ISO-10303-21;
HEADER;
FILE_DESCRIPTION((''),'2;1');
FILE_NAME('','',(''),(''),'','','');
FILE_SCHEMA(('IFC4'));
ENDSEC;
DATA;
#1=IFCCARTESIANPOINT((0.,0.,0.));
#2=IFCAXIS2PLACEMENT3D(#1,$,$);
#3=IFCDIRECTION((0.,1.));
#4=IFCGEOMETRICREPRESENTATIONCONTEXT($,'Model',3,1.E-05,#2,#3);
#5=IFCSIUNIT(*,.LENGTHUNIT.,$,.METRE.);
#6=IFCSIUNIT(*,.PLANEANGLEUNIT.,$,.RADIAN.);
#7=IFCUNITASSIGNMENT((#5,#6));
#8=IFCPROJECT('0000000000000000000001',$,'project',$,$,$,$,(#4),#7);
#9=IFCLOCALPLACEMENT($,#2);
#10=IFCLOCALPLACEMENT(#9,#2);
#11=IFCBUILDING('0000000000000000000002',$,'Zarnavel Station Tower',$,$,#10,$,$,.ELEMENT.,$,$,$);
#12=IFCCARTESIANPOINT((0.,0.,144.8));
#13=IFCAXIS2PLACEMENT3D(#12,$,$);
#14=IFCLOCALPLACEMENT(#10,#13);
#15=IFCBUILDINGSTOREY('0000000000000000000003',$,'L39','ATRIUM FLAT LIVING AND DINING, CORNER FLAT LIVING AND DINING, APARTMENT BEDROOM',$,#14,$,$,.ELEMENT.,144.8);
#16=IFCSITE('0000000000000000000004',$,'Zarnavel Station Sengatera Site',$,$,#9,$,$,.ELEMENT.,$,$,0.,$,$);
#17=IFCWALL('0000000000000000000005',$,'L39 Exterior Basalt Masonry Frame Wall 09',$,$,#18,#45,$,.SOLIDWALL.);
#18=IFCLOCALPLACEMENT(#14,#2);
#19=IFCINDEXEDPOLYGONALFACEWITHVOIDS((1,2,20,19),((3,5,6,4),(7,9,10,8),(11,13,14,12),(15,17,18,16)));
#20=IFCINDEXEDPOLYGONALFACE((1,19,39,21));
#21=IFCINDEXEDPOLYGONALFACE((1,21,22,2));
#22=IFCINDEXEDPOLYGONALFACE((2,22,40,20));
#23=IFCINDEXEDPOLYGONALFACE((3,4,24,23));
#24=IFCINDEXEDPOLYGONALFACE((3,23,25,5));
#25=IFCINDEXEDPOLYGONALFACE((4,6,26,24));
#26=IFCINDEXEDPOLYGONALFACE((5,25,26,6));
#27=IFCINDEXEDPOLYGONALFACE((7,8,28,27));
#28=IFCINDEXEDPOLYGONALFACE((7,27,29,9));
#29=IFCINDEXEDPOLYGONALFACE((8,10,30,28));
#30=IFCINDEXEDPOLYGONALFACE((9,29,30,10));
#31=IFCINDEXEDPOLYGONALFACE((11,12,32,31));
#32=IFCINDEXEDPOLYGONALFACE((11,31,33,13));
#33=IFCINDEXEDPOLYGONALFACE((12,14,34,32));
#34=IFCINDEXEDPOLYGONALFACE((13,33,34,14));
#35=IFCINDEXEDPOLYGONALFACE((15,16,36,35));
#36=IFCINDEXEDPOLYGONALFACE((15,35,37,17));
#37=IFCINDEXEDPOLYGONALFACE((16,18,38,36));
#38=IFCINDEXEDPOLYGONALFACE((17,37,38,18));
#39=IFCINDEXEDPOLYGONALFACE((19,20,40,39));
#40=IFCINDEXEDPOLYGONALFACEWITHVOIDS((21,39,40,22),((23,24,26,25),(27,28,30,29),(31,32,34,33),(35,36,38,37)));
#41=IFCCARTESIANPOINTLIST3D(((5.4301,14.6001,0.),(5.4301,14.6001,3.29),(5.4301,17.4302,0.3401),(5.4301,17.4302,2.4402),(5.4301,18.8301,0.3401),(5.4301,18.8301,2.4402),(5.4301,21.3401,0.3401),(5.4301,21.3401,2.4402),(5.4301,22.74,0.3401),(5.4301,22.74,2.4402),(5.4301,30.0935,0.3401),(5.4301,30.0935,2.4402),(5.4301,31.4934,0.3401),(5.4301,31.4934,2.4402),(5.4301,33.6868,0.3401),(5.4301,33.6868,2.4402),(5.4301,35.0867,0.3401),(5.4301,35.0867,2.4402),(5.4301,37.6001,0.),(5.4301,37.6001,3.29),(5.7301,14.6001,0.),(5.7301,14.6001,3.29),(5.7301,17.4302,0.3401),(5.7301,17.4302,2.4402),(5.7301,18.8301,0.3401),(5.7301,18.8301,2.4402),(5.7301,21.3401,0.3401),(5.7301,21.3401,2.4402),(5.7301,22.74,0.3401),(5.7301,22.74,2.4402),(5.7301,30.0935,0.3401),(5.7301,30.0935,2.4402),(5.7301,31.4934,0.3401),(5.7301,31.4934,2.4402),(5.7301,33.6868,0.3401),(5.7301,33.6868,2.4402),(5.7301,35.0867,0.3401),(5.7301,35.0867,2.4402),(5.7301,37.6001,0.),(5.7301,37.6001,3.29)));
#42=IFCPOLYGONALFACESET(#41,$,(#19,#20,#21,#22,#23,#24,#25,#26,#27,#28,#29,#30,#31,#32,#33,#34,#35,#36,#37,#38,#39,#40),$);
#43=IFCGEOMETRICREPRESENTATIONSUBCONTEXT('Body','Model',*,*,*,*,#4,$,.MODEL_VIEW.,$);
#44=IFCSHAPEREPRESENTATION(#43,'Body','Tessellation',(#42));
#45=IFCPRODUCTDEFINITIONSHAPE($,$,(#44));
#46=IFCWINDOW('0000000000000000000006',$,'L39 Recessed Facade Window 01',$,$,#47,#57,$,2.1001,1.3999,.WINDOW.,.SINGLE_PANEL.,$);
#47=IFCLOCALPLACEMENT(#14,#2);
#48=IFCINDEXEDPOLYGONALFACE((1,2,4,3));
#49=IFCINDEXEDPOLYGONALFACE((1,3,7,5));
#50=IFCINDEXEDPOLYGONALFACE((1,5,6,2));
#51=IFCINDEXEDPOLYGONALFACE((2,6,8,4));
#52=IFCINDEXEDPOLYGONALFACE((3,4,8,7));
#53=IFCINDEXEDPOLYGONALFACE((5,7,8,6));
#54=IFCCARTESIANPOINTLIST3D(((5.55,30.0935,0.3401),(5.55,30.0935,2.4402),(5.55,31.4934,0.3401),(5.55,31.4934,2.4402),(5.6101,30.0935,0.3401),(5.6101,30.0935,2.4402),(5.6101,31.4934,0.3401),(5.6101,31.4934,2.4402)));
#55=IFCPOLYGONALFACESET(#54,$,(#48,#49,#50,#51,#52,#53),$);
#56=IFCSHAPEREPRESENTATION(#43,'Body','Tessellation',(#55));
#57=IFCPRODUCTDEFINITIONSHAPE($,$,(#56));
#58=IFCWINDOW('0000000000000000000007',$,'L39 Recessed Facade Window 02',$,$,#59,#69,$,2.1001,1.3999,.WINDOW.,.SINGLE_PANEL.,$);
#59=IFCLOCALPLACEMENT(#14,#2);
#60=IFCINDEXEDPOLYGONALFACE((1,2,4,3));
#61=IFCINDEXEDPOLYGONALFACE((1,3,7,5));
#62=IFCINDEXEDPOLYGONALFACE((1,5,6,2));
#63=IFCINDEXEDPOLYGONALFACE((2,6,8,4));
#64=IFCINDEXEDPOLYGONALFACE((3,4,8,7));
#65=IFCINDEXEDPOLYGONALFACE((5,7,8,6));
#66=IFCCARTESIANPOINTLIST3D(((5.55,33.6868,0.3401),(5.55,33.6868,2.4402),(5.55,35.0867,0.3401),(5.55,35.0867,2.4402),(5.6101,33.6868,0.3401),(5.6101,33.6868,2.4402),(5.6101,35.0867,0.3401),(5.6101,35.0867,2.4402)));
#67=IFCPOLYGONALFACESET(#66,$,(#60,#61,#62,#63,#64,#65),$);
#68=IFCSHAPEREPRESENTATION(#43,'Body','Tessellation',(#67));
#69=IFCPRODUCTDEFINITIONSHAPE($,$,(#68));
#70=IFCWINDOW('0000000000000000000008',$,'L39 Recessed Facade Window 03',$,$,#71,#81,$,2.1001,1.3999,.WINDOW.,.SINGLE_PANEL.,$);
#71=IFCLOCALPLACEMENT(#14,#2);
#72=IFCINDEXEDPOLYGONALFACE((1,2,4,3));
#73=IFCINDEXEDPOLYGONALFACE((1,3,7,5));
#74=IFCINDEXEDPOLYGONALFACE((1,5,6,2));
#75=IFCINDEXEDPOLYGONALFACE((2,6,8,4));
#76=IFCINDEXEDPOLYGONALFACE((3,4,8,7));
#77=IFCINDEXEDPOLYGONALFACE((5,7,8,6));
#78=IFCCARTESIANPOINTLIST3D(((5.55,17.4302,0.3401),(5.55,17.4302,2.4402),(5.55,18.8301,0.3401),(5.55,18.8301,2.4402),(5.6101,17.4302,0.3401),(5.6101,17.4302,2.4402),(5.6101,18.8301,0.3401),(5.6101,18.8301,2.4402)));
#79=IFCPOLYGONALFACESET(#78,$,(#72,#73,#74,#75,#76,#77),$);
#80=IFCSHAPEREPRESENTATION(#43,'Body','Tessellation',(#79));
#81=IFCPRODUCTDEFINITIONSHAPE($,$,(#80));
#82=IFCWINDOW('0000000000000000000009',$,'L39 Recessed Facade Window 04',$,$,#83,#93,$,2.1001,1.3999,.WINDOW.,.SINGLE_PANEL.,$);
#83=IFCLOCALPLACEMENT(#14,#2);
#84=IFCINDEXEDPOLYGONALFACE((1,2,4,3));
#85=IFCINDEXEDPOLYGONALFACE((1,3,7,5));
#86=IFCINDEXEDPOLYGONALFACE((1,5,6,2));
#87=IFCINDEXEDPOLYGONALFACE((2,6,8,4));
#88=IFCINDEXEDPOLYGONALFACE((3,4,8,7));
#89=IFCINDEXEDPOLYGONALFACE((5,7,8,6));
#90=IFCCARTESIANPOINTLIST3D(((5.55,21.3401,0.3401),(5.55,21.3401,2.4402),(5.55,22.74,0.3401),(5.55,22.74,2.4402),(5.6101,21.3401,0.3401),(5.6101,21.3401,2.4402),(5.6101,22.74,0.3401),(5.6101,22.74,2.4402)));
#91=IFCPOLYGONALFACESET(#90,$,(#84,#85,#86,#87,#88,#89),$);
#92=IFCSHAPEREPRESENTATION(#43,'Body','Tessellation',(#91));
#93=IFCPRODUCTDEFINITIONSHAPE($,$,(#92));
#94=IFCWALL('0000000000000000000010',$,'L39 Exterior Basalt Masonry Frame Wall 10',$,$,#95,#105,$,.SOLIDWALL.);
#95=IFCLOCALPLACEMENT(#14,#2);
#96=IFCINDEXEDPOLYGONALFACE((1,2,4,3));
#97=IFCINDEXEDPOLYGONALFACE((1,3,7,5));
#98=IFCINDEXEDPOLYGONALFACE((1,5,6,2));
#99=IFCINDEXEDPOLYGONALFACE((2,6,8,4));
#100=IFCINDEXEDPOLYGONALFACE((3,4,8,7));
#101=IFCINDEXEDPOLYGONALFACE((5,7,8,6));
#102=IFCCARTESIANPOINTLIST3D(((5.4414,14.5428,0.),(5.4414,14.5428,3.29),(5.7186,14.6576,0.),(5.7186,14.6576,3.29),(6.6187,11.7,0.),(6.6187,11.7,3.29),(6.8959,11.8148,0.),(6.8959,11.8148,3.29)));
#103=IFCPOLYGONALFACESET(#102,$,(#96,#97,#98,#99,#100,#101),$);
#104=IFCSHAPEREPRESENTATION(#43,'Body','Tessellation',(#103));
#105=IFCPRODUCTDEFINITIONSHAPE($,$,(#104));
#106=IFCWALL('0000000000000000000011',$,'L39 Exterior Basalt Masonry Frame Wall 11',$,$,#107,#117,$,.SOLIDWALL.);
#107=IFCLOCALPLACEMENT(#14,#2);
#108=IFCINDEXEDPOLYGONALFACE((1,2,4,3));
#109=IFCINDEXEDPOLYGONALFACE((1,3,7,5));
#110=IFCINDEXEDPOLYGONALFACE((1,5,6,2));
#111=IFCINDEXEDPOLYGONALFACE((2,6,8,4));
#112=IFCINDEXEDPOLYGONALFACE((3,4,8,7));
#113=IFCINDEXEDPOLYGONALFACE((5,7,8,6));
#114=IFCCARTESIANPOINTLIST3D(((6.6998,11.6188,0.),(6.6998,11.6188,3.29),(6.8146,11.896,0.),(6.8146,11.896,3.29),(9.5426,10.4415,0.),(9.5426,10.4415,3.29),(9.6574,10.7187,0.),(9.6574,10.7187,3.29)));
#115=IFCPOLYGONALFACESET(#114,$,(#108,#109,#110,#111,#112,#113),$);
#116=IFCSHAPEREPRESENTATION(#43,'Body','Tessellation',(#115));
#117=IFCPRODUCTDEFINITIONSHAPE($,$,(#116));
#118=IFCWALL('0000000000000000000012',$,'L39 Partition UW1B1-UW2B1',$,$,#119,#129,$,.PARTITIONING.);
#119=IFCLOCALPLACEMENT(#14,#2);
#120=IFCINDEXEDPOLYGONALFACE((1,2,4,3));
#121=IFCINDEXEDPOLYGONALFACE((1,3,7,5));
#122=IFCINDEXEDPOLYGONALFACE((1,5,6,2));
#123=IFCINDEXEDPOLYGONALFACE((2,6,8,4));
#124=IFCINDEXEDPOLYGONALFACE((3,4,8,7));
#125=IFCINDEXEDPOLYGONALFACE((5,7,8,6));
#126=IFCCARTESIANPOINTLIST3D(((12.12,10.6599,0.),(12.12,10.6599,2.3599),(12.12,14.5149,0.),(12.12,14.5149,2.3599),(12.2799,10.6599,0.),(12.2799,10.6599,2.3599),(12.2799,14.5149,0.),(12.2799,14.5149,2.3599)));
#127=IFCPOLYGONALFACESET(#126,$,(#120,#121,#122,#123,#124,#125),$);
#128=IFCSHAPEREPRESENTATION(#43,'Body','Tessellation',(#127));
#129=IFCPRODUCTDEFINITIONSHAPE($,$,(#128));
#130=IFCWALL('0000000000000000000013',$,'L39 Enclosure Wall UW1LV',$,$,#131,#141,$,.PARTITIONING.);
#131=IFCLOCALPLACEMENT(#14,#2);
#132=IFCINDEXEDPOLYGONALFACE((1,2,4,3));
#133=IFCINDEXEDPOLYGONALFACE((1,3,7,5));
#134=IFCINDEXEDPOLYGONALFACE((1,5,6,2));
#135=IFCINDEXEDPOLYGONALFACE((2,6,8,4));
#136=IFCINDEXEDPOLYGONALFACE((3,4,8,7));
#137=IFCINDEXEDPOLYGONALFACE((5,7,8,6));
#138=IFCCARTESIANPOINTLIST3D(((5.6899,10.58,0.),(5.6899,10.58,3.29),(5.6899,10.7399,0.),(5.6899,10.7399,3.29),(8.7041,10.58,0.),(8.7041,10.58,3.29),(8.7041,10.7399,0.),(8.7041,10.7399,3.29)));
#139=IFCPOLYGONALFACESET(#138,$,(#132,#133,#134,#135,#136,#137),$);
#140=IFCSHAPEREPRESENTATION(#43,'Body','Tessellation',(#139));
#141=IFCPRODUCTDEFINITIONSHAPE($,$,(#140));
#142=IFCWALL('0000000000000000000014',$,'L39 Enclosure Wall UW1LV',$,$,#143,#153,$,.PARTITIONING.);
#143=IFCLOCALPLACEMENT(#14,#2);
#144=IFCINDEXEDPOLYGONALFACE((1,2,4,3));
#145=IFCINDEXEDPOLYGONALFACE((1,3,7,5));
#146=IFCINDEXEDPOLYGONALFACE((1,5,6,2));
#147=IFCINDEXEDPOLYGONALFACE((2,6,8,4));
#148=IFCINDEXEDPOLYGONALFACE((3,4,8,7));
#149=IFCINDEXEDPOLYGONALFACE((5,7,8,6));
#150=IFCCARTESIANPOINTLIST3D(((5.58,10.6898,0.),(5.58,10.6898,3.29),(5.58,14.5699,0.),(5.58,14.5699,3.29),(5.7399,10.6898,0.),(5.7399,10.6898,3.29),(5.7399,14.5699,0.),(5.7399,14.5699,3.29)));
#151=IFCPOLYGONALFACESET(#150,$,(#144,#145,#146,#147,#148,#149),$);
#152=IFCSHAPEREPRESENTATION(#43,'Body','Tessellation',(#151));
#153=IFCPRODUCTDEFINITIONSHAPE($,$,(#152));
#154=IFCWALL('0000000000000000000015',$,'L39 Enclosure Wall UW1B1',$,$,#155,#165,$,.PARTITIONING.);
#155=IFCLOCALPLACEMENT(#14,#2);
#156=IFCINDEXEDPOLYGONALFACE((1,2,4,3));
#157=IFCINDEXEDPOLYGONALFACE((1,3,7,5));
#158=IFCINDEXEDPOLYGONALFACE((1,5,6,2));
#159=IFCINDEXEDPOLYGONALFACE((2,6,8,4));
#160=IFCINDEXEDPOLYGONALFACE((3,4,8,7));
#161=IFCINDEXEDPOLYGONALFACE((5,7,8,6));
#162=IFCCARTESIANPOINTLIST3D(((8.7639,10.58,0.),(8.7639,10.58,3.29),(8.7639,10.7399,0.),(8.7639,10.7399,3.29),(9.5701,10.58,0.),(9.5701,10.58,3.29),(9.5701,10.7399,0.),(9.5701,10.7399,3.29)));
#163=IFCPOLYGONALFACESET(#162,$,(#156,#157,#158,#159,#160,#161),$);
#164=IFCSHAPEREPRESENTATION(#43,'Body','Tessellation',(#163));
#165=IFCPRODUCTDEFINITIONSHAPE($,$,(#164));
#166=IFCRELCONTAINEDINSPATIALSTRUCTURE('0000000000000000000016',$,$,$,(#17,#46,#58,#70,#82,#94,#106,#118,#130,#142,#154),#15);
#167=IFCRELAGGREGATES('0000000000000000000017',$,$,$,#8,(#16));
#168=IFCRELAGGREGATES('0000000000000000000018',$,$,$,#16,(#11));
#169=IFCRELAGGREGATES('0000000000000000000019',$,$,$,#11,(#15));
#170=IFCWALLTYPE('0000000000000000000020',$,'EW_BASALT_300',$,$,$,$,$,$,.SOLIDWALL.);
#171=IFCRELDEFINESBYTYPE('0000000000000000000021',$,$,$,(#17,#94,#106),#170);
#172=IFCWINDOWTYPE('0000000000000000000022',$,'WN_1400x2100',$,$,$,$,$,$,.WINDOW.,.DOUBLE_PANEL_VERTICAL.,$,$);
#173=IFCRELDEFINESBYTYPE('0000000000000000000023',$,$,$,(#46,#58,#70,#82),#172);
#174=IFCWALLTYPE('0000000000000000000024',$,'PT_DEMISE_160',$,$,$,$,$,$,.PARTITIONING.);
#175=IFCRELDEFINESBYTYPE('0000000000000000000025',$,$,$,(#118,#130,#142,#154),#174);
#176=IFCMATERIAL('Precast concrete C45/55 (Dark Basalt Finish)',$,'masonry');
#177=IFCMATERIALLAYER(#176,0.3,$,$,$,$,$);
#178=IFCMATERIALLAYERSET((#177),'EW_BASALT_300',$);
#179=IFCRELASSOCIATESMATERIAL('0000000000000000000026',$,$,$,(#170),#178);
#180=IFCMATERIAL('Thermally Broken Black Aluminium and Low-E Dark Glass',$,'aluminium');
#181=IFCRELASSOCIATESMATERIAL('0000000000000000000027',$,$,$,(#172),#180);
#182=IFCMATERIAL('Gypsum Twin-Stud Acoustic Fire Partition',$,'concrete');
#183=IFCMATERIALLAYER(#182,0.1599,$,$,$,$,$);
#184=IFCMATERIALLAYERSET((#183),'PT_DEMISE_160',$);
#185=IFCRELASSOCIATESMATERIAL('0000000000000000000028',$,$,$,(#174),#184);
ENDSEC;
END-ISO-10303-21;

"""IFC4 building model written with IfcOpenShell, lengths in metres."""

from ifc_helpers import new_model, si_unit, direction, frame, frame_2d, origin, place, context, subcontext, project, spatial, rectangle, extrude, material, layer, layer_set, type_object, element, fill, save


model = new_model("IFC4")

# Units and contexts
model_context = context("Model", 3, precision=1e-05, world=origin(), true_north=direction((0.0, 1.0)))
body_context = subcontext(model_context, "Body", "Model", "MODEL_VIEW")
ifc_project = project(units=[si_unit("LENGTHUNIT", "METRE"), si_unit("PLANEANGLEUNIT", "RADIAN")], contexts=[model_context])

# Site, building, storey
site_placement = place(None, origin())
site = spatial("IfcSite", under=ifc_project, at=site_placement, Name="Zarnavel Station Sengatera Site", CompositionType="ELEMENT", RefElevation=0.0)
building_placement = place(site_placement, origin())
building = spatial("IfcBuilding", under=site, at=building_placement, Name="Zarnavel Station Tower", CompositionType="ELEMENT")
storey_placement = place(building_placement, frame((0.0, 0.0, 144.8)))
storey = spatial("IfcBuildingStorey", under=building, at=storey_placement, Name="L39", Description="ATRIUM FLAT LIVING AND DINING, CORNER FLAT LIVING AND DINING, APARTMENT BEDROOM", CompositionType="ELEMENT", Elevation=144.8)

# Wall, openings, windows
ifc_material_1 = material(Name="Precast concrete C45/55 (Dark Basalt Finish)", Category="masonry")
ifc_layer_1 = layer(ifc_material_1, 0.3)
ifc_layer_set_1 = layer_set([ifc_layer_1], Name="EW_BASALT_300")
wall_type_1 = type_object("IfcWallType", Name="EW_BASALT_300", PredefinedType="SOLIDWALL", material=ifc_layer_set_1)
wall_1_placement = place(storey_placement, frame((5.5801, 14.6001, 0.0), z_axis=(0.0, 0.0, 1.0), x_axis=(0.0, 1.0, 0.0)))
wall_1 = element("IfcWall", 1, at=wall_1_placement, inside=storey, type_object=wall_type_1, Name="L39 Exterior Basalt Masonry Frame Wall 09", PredefinedType="SOLIDWALL", context=body_context, shape_type="SweptSolid", body=[
    extrude(rectangle(XDim=23.0, YDim=0.3, at=frame_2d((11.5, 0.0))), origin(), (0.0, 0.0, 1.0), 3.29),
])
opening_1_placement = place(wall_1_placement, frame((15.4934, 0.0, 0.3401)))
opening_1 = element("IfcOpeningElement", 2, at=opening_1_placement, cuts=wall_1, PredefinedType="OPENING", context=body_context, shape_type="SweptSolid", body=[
    extrude(rectangle(XDim=1.3999, YDim=2.1001, at=frame_2d((0.7, 1.05))), frame((0.0, 0.1599, 0.0), z_axis=(0.0, -1.0, 0.0), x_axis=(1.0, 0.0, 0.0)), (0.0, 0.0, 1.0), 0.3201),
])
opening_2_placement = place(wall_1_placement, frame((19.0867, 0.0, 0.3401)))
opening_2 = element("IfcOpeningElement", 3, at=opening_2_placement, cuts=wall_1, PredefinedType="OPENING", context=body_context, shape_type="SweptSolid", body=[
    extrude(rectangle(XDim=1.3999, YDim=2.1001, at=frame_2d((0.7, 1.05))), frame((0.0, 0.1599, 0.0), z_axis=(0.0, -1.0, 0.0), x_axis=(1.0, 0.0, 0.0)), (0.0, 0.0, 1.0), 0.3201),
])
opening_3_placement = place(wall_1_placement, frame((2.8301, 0.0, 0.3401)))
opening_3 = element("IfcOpeningElement", 4, at=opening_3_placement, cuts=wall_1, PredefinedType="OPENING", context=body_context, shape_type="SweptSolid", body=[
    extrude(rectangle(XDim=1.3999, YDim=2.1001, at=frame_2d((0.7, 1.05))), frame((0.0, 0.1599, 0.0), z_axis=(0.0, -1.0, 0.0), x_axis=(1.0, 0.0, 0.0)), (0.0, 0.0, 1.0), 0.3201),
])
opening_4_placement = place(wall_1_placement, frame((6.74, 0.0, 0.3401)))
opening_4 = element("IfcOpeningElement", 5, at=opening_4_placement, cuts=wall_1, PredefinedType="OPENING", context=body_context, shape_type="SweptSolid", body=[
    extrude(rectangle(XDim=1.3999, YDim=2.1001, at=frame_2d((0.7, 1.05))), frame((0.0, 0.1599, 0.0), z_axis=(0.0, -1.0, 0.0), x_axis=(1.0, 0.0, 0.0)), (0.0, 0.0, 1.0), 0.3201),
])
ifc_material_2 = material(Name="Thermally Broken Black Aluminium and Low-E Dark Glass", Category="aluminium")
window_type = type_object("IfcWindowType", Name="WN_1400x2100", PartitioningType="DOUBLE_PANEL_VERTICAL", PredefinedType="WINDOW", material=ifc_material_2)
window_1_placement = place(opening_1_placement, origin())
window_1 = element("IfcWindow", 6, at=window_1_placement, inside=storey, type_object=window_type, Name="L39 Recessed Facade Window 01", OverallHeight=2.1001, OverallWidth=1.3999, PartitioningType="SINGLE_PANEL", PredefinedType="WINDOW", context=body_context, shape_type="SweptSolid", body=[
    extrude(rectangle(XDim=1.3999, YDim=2.1001, at=frame_2d((0.7, 1.05))), frame((0.0, 0.03, 0.0), z_axis=(0.0, -1.0, 0.0), x_axis=(1.0, 0.0, 0.0)), (0.0, 0.0, 1.0), 0.0601),
])
fill(opening_1, window_1)
window_2_placement = place(opening_2_placement, origin())
window_2 = element("IfcWindow", 7, at=window_2_placement, inside=storey, type_object=window_type, Name="L39 Recessed Facade Window 02", OverallHeight=2.1001, OverallWidth=1.3999, PartitioningType="SINGLE_PANEL", PredefinedType="WINDOW", context=body_context, shape_type="SweptSolid", body=[
    extrude(rectangle(XDim=1.3999, YDim=2.1001, at=frame_2d((0.7, 1.05))), frame((0.0, 0.03, 0.0), z_axis=(0.0, -1.0, 0.0), x_axis=(1.0, 0.0, 0.0)), (0.0, 0.0, 1.0), 0.0601),
])
fill(opening_2, window_2)
window_3_placement = place(opening_3_placement, origin())
window_3 = element("IfcWindow", 8, at=window_3_placement, inside=storey, type_object=window_type, Name="L39 Recessed Facade Window 03", OverallHeight=2.1001, OverallWidth=1.3999, PartitioningType="SINGLE_PANEL", PredefinedType="WINDOW", context=body_context, shape_type="SweptSolid", body=[
    extrude(rectangle(XDim=1.3999, YDim=2.1001, at=frame_2d((0.7, 1.05))), frame((0.0, 0.03, 0.0), z_axis=(0.0, -1.0, 0.0), x_axis=(1.0, 0.0, 0.0)), (0.0, 0.0, 1.0), 0.0601),
])
fill(opening_3, window_3)
window_4_placement = place(opening_4_placement, origin())
window_4 = element("IfcWindow", 9, at=window_4_placement, inside=storey, type_object=window_type, Name="L39 Recessed Facade Window 04", OverallHeight=2.1001, OverallWidth=1.3999, PartitioningType="SINGLE_PANEL", PredefinedType="WINDOW", context=body_context, shape_type="SweptSolid", body=[
    extrude(rectangle(XDim=1.3999, YDim=2.1001, at=frame_2d((0.7, 1.05))), frame((0.0, 0.03, 0.0), z_axis=(0.0, -1.0, 0.0), x_axis=(1.0, 0.0, 0.0)), (0.0, 0.0, 1.0), 0.0601),
])
fill(opening_4, window_4)

# Walls
for number, where, z_axis, x_axis, name in (
    (10, (6.7573, 11.7573, 0.0), (0.0, 0.0, 1.0), (-0.382609, 0.92391, 0.0), "L39 Exterior Basalt Masonry Frame Wall 10"),
    (11, (9.6001, 10.5801, 0.0), (0.0, 0.0, 1.0), (-0.92391, 0.382609, 0.0), "L39 Exterior Basalt Masonry Frame Wall 11"),
):
    element("IfcWall", number, at=place(storey_placement, frame(where, z_axis=z_axis, x_axis=x_axis)), inside=storey, type_object=wall_type_1, Name=name, PredefinedType="SOLIDWALL", context=body_context, shape_type="SweptSolid", body=[
        extrude(rectangle(XDim=3.0769, YDim=0.3, at=frame_2d((1.5386, 0.0))), origin(), (0.0, 0.0, 1.0), 3.29),
    ])
ifc_material_3 = material(Name="Gypsum Twin-Stud Acoustic Fire Partition", Category="concrete")
ifc_layer_2 = layer(ifc_material_3, 0.1599)
ifc_layer_set_2 = layer_set([ifc_layer_2], Name="PT_DEMISE_160")
wall_type_2 = type_object("IfcWallType", Name="PT_DEMISE_160", PredefinedType="PARTITIONING", material=ifc_layer_set_2)
wall_2_placement = place(storey_placement, frame((12.2, 10.6599, 0.0), z_axis=(0.0, 0.0, 1.0), x_axis=(0.0, 1.0, 0.0)))
element("IfcWall", 12, at=wall_2_placement, inside=storey, type_object=wall_type_2, Name="L39 Partition UW1B1-UW2B1", PredefinedType="PARTITIONING", context=body_context, shape_type="SweptSolid", body=[
    extrude(rectangle(XDim=3.855, YDim=0.1599, at=frame_2d((1.9275, 0.0))), origin(), (0.0, 0.0, 1.0), 2.3599),
])
wall_3_placement = place(storey_placement, frame((5.6899, 10.6599, 0.0), z_axis=(0.0, 0.0, 1.0), x_axis=(1.0, 0.0, 0.0)))
element("IfcWall", 13, at=wall_3_placement, inside=storey, type_object=wall_type_2, Name="L39 Enclosure Wall UW1LV", PredefinedType="PARTITIONING", context=body_context, shape_type="SweptSolid", body=[
    extrude(rectangle(XDim=3.0142, YDim=0.1599, at=frame_2d((1.5071, 0.0))), origin(), (0.0, 0.0, 1.0), 3.29),
])
wall_4_placement = place(storey_placement, frame((5.6599, 10.6899, 0.0), z_axis=(0.0, 0.0, 1.0), x_axis=(0.0, 1.0, 0.0)))
element("IfcWall", 14, at=wall_4_placement, inside=storey, type_object=wall_type_2, Name="L39 Enclosure Wall UW1LV", PredefinedType="PARTITIONING", context=body_context, shape_type="SweptSolid", body=[
    extrude(rectangle(XDim=3.8801, YDim=0.1599, at=frame_2d((1.9399, 0.0))), origin(), (0.0, 0.0, 1.0), 3.29),
])
wall_5_placement = place(storey_placement, frame((8.7639, 10.6599, 0.0), z_axis=(0.0, 0.0, 1.0), x_axis=(1.0, 0.0, 0.0)))
element("IfcWall", 15, at=wall_5_placement, inside=storey, type_object=wall_type_2, Name="L39 Enclosure Wall UW1B1", PredefinedType="PARTITIONING", context=body_context, shape_type="SweptSolid", body=[
    extrude(rectangle(XDim=0.8062, YDim=0.1599, at=frame_2d((0.4031, 0.0))), origin(), (0.0, 0.0, 1.0), 3.29),
])

save(model, "model.ifc")
